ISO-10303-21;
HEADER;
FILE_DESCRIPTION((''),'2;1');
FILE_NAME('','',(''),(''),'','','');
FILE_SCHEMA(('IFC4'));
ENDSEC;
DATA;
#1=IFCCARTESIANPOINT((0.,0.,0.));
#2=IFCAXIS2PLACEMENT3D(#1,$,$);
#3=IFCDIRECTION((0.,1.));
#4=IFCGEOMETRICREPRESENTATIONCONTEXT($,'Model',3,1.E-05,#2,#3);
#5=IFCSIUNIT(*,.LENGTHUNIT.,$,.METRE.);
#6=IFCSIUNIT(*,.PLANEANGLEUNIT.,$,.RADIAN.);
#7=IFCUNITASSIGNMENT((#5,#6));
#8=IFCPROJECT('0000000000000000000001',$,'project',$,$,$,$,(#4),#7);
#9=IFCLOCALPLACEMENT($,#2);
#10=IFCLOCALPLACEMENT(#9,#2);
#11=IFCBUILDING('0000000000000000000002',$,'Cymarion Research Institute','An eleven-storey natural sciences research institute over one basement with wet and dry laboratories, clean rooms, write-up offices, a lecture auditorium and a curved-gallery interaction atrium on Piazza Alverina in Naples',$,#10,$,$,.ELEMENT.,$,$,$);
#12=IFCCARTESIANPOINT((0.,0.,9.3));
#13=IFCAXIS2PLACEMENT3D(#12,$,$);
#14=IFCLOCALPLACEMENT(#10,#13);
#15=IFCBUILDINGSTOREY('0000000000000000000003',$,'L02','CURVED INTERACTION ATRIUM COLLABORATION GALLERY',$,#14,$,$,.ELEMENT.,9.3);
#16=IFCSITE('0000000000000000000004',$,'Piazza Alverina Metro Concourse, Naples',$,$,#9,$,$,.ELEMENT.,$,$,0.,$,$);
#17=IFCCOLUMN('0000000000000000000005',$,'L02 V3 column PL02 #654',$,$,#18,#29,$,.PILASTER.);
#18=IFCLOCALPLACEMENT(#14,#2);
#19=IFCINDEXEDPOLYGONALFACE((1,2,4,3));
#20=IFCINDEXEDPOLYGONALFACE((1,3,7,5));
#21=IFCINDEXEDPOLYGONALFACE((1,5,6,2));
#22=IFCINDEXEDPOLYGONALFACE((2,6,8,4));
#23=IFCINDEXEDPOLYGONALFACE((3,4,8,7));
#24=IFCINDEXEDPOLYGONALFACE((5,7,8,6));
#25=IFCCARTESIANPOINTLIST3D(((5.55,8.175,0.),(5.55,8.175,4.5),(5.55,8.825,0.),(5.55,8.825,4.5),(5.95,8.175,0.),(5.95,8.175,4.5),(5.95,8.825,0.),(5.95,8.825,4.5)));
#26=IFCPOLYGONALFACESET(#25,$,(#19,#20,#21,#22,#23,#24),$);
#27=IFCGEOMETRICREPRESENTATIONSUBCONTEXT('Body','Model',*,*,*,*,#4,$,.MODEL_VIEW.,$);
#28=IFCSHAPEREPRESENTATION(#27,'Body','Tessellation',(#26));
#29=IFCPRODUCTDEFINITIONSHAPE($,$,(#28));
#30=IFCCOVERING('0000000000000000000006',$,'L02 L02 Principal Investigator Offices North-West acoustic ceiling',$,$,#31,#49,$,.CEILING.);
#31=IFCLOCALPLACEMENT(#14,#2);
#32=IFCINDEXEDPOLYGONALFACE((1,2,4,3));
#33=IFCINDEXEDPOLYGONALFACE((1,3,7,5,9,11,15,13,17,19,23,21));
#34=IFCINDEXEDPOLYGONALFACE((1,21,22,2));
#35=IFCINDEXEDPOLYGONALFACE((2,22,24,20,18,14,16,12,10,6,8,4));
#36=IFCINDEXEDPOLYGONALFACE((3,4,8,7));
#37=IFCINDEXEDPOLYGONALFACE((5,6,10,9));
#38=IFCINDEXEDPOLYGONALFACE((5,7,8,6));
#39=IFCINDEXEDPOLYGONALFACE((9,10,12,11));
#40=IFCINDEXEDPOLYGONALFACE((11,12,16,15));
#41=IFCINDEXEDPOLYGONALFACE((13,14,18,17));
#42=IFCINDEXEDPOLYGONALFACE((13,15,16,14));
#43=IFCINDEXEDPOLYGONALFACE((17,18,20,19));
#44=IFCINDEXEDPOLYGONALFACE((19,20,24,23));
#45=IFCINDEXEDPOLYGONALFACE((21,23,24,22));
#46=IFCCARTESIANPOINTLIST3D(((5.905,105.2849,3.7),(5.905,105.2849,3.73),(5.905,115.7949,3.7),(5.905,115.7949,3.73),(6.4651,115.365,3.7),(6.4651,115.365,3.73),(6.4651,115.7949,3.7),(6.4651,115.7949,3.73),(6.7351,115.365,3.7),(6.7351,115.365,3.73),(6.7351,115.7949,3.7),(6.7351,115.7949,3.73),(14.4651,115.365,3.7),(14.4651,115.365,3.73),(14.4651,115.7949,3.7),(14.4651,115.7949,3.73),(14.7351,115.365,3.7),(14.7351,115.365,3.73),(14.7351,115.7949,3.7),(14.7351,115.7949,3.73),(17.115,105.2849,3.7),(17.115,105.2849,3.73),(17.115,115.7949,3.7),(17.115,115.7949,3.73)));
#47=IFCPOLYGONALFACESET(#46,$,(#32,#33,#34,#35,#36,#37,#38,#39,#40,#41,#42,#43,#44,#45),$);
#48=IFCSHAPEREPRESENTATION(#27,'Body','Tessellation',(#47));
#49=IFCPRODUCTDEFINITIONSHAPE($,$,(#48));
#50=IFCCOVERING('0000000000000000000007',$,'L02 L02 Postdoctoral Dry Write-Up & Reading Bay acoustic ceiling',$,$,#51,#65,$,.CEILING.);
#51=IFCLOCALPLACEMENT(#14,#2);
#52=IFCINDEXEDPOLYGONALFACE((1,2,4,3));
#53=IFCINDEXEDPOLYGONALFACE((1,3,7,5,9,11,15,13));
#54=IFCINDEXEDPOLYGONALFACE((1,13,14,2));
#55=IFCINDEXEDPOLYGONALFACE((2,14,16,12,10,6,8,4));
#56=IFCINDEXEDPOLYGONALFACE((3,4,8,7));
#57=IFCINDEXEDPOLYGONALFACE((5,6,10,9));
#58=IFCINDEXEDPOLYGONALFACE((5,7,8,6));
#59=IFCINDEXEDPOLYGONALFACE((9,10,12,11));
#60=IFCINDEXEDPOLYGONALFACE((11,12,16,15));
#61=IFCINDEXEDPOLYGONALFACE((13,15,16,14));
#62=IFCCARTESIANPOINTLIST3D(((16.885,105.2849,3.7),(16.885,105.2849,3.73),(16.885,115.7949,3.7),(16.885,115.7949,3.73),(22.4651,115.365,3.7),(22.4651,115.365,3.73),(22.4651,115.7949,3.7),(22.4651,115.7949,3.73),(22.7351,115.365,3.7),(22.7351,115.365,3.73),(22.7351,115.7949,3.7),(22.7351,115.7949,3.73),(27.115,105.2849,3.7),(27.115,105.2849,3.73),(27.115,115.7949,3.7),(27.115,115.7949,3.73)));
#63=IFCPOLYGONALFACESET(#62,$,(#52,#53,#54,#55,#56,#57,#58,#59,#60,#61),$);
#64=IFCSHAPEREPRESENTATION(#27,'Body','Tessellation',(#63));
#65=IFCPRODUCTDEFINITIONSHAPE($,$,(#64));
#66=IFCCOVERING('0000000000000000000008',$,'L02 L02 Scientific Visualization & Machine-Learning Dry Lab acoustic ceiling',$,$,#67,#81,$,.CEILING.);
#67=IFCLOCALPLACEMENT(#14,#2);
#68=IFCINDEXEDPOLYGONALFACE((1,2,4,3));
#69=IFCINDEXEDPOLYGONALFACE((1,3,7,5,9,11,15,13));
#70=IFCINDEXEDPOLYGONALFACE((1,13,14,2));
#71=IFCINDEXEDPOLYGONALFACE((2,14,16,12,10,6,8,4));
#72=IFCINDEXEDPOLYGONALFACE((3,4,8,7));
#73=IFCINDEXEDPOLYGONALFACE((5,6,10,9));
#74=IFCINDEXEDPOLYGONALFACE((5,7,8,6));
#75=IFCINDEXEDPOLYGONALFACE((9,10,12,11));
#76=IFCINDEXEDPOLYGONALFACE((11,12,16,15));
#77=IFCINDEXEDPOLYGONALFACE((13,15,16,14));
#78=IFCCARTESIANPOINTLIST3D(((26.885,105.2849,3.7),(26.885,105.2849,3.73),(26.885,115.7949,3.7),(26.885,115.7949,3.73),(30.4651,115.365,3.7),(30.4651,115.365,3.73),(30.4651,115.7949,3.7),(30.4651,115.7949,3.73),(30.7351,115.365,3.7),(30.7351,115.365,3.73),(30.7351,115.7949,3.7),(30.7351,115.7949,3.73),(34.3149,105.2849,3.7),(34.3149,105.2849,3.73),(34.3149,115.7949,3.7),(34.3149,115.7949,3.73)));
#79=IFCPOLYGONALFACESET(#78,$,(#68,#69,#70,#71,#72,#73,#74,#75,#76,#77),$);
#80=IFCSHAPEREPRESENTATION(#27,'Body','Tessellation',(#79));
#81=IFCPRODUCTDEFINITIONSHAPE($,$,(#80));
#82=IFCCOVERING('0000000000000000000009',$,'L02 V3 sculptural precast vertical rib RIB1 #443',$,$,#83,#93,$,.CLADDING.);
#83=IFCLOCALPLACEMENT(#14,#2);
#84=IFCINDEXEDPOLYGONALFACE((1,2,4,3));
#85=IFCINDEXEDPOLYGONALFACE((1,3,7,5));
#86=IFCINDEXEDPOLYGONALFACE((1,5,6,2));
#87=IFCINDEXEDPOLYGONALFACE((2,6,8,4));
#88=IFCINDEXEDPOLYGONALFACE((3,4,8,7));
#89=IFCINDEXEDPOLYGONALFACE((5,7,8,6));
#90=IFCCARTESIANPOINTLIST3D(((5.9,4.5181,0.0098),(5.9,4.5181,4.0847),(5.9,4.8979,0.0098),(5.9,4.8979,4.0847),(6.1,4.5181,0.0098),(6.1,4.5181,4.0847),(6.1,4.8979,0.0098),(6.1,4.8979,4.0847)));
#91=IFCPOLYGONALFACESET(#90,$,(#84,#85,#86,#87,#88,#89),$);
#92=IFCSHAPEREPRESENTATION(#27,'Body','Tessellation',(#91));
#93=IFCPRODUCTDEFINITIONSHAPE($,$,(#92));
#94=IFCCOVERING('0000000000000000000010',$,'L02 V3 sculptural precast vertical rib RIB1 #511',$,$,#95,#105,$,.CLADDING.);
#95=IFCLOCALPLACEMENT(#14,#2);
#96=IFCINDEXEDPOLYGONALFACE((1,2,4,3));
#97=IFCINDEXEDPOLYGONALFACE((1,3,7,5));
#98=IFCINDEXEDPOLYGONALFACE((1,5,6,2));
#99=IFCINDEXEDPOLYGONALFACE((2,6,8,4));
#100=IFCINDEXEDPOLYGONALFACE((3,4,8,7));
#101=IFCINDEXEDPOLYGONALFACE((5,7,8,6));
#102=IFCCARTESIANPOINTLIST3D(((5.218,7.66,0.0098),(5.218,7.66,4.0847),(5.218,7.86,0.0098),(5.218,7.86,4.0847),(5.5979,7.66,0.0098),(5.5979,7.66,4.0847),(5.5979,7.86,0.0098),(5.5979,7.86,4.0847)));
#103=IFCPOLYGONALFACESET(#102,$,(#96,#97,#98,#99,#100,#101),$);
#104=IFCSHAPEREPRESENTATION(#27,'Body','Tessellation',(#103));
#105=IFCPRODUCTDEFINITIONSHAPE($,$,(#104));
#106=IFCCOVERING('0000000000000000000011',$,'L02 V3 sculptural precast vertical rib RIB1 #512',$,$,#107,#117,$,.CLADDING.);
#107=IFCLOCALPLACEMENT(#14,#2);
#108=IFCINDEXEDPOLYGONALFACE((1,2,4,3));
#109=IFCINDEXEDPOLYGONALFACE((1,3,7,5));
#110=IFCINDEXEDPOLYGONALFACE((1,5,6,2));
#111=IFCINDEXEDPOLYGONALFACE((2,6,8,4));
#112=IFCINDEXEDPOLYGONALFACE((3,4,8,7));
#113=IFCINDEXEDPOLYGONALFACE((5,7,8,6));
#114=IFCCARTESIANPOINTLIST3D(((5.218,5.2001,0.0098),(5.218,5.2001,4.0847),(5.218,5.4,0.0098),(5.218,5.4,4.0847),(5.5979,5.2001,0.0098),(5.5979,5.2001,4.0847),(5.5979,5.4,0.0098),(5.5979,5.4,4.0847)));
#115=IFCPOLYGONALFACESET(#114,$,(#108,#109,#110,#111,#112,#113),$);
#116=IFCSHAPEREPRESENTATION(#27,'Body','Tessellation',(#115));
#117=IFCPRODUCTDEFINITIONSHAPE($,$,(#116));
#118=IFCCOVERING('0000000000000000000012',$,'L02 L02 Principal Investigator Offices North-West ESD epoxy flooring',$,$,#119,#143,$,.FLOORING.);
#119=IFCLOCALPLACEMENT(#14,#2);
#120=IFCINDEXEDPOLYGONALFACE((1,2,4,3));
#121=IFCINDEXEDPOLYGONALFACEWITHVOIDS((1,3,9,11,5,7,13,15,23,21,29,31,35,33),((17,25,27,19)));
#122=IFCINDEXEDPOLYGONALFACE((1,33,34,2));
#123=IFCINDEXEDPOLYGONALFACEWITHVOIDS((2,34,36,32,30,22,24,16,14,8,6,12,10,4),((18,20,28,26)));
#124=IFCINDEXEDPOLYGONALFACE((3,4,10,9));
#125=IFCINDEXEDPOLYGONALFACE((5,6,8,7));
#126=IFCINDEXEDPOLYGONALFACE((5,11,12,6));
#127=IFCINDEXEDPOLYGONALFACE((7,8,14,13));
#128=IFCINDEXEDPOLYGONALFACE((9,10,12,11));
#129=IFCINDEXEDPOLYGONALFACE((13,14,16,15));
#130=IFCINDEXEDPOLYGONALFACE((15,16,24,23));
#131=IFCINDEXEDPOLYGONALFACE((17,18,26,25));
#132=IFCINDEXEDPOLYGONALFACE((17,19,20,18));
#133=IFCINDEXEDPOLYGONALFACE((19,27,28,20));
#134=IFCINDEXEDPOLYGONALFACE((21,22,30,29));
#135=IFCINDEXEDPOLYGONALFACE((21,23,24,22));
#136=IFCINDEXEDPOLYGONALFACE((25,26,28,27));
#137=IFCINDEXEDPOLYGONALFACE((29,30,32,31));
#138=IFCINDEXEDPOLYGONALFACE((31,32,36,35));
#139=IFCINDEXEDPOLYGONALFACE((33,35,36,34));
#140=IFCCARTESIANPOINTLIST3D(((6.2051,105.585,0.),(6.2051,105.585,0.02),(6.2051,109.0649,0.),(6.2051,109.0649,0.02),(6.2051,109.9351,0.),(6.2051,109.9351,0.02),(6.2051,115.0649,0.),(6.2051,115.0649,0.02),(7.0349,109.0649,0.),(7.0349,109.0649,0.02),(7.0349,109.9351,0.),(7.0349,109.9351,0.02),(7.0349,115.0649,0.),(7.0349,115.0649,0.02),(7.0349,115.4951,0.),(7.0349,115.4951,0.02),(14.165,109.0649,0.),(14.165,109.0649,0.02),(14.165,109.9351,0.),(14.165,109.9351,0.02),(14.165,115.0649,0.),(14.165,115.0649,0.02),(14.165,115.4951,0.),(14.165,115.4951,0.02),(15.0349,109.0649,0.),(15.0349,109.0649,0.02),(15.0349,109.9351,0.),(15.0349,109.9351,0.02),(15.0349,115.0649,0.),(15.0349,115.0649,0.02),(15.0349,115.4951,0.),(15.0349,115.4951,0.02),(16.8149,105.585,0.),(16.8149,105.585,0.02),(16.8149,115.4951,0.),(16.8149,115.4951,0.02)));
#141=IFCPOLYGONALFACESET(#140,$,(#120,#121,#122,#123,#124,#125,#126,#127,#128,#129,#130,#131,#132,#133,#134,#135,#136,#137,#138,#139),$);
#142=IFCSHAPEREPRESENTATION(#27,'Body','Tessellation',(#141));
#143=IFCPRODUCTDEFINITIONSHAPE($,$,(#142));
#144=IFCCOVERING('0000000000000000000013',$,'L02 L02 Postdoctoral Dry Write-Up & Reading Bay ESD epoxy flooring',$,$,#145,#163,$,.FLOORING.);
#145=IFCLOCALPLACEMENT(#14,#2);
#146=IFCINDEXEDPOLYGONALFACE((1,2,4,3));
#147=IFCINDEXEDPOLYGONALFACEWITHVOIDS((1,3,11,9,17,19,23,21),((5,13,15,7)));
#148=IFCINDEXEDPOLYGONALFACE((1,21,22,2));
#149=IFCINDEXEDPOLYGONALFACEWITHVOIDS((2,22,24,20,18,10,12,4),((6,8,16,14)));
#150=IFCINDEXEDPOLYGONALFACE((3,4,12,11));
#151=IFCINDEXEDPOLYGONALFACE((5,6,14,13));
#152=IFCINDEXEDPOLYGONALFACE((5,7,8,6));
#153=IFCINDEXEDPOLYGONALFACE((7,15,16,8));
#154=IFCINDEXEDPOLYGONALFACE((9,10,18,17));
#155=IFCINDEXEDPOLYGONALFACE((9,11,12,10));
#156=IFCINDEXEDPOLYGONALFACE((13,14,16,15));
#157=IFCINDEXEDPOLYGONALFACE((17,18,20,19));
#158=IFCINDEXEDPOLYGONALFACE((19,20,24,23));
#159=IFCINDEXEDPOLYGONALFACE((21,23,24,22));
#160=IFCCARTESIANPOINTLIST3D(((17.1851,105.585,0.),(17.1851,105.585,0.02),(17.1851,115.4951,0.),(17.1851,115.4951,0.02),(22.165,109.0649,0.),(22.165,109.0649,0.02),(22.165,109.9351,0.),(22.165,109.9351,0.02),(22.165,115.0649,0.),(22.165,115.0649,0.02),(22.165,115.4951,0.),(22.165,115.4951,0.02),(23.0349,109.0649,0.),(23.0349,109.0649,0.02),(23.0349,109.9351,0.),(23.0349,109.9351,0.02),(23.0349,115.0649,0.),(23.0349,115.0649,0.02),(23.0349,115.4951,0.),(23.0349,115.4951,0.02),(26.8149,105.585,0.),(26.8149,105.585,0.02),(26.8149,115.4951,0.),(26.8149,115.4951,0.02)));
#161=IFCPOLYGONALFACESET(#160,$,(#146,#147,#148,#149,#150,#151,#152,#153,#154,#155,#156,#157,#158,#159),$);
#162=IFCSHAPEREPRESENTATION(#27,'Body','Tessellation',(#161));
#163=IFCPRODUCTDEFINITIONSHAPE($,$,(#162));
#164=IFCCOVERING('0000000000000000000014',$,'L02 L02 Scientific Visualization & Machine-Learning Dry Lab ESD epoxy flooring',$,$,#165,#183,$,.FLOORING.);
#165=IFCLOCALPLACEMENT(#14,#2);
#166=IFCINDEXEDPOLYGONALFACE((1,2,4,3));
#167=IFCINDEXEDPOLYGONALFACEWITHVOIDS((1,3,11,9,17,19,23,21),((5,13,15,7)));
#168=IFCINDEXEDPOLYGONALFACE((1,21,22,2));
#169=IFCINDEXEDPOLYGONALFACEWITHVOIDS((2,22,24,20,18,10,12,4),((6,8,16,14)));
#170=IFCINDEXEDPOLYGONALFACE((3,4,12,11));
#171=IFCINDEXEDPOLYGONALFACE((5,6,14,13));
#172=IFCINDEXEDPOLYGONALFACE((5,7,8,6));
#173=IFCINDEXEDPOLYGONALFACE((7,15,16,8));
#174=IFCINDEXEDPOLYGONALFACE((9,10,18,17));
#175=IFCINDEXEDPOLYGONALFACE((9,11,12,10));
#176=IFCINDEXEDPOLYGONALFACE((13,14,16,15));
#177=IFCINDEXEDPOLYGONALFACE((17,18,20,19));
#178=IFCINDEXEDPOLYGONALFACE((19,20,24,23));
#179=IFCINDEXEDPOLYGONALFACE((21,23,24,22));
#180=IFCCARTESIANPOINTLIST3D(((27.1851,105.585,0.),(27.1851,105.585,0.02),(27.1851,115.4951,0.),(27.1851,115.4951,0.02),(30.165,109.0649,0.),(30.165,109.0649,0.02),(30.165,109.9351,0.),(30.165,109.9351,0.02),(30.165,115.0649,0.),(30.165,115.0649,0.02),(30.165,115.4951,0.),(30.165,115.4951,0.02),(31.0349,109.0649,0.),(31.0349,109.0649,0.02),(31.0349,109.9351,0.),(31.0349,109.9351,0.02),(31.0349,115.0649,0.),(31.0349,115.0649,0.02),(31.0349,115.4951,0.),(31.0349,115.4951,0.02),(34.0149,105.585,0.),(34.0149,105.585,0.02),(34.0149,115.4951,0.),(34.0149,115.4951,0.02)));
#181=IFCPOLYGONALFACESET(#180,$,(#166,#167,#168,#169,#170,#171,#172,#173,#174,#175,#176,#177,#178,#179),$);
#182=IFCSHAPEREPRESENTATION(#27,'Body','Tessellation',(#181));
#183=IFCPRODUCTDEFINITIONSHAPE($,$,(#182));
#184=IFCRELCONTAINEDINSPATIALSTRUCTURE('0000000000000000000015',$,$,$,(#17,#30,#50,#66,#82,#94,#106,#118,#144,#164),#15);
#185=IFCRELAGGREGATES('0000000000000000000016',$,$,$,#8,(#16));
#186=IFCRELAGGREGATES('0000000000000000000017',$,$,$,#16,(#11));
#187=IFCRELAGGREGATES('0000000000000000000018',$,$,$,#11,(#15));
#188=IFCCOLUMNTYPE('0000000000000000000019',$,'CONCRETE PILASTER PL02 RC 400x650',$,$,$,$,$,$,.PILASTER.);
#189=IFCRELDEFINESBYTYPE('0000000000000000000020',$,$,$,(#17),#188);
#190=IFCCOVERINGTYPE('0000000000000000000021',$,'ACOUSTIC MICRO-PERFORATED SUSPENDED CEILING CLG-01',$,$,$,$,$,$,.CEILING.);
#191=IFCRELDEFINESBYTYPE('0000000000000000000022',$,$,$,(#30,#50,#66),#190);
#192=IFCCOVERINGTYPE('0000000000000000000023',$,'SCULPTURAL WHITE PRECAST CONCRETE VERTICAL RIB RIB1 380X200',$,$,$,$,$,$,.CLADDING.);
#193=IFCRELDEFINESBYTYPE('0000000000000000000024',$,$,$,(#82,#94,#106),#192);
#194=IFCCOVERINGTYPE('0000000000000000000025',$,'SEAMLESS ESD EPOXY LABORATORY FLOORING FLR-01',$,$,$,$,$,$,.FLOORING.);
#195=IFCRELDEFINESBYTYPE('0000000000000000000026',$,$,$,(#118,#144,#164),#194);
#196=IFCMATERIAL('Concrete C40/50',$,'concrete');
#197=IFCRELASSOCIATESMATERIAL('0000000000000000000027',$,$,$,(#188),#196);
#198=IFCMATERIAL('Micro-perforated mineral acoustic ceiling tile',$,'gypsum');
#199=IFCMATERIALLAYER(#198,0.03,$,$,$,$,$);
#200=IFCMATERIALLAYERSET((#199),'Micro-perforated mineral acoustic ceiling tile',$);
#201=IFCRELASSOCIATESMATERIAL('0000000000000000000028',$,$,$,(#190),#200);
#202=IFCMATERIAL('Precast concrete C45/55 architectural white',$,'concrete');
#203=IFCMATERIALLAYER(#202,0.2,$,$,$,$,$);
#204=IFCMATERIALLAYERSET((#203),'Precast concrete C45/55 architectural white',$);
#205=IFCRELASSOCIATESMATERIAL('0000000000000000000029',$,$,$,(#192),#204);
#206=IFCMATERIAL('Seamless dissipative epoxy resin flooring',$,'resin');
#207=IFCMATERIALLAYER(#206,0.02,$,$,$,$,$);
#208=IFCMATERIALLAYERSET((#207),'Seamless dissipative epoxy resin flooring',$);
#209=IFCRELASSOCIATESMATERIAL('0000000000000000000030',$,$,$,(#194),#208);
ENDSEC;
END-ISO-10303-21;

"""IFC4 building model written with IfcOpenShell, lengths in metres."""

from ifc_helpers import new_model, si_unit, direction, frame, origin, origin_2d, place, context, subcontext, project, spatial, polyline, rectangle, outline, extrude, material, layer, layer_set, material_profile, profile_set, type_object, element, save


model = new_model("IFC4")

# Units and contexts
model_context = context("Model", 3, precision=1e-05, world=origin(), true_north=direction((0.0, 1.0)))
body_context = subcontext(model_context, "Body", "Model", "MODEL_VIEW")
ifc_project = project(units=[si_unit("LENGTHUNIT", "METRE"), si_unit("PLANEANGLEUNIT", "RADIAN")], contexts=[model_context])

# Site, building, storey
site_placement = place(None, origin())
site = spatial("IfcSite", under=ifc_project, at=site_placement, Name="Piazza Alverina Metro Concourse, Naples", CompositionType="ELEMENT", RefElevation=0.0)
building_placement = place(site_placement, origin())
building = spatial("IfcBuilding", under=site, at=building_placement, Name="Cymarion Research Institute", Description="An eleven-storey natural sciences research institute over one basement with wet and dry laboratories, clean rooms, write-up offices, a lecture auditorium and a curved-gallery interaction atrium on Piazza Alverina in Naples", CompositionType="ELEMENT")
storey_placement = place(building_placement, frame((0.0, 0.0, 9.3)))
storey = spatial("IfcBuildingStorey", under=building, at=storey_placement, Name="L02", Description="CURVED INTERACTION ATRIUM COLLABORATION GALLERY", CompositionType="ELEMENT", Elevation=9.3)

# Column
ifc_material_1 = material(Name="Concrete C40/50", Category="concrete")
ifc_material_profile = material_profile(ifc_material_1, rectangle(XDim=0.3999, YDim=0.6499, at=origin_2d()), Name="RC 400x650")
ifc_profile_set = profile_set([ifc_material_profile], Name="Concrete C40/50")
column_type = type_object("IfcColumnType", Name="CONCRETE PILASTER PL02 RC 400x650", PredefinedType="PILASTER", material=ifc_profile_set)
column_placement = place(storey_placement, frame((5.75, 8.5, 0.0), z_axis=(0.0, 0.0, 1.0), x_axis=(1.0, 0.0, 0.0)))
element("IfcColumn", 1, at=column_placement, inside=storey, type_object=column_type, Name="L02 V3 column PL02 #654", PredefinedType="PILASTER", context=body_context, shape_type="SweptSolid", body=[
    extrude(rectangle(XDim=0.3999, YDim=0.6499, at=origin_2d()), origin(), (0.0, 0.0, 1.0), 4.5),
])

# Coverings
ifc_material_2 = material(Name="Micro-perforated mineral acoustic ceiling tile", Category="gypsum")
ifc_layer_1 = layer(ifc_material_2, 0.03)
ifc_layer_set_1 = layer_set([ifc_layer_1], Name="Micro-perforated mineral acoustic ceiling tile")
covering_type_1 = type_object("IfcCoveringType", Name="ACOUSTIC MICRO-PERFORATED SUSPENDED CEILING CLG-01", PredefinedType="CEILING", material=ifc_layer_set_1)
covering_1_placement = place(storey_placement, frame((0.0, 0.0, 3.7)))
element("IfcCovering", 2, at=covering_1_placement, inside=storey, type_object=covering_type_1, Name="L02 L02 Principal Investigator Offices North-West acoustic ceiling", PredefinedType="CEILING", context=body_context, shape_type="SweptSolid", body=[
    extrude(outline(polyline([(5.905, 115.7949), (6.4651, 115.7949), (6.4651, 115.365), (6.7351, 115.365), (6.7351, 115.7949), (14.4651, 115.7949), (14.4651, 115.365), (14.7351, 115.365), (14.7351, 115.7949), (17.115, 115.7949), (17.115, 105.2849), (5.905, 105.2849), (5.905, 115.7949)])), origin(), (0.0, 0.0, 1.0), 0.03),
])
covering_2_placement = place(storey_placement, frame((0.0, 0.0, 3.7)))
element("IfcCovering", 3, at=covering_2_placement, inside=storey, type_object=covering_type_1, Name="L02 L02 Postdoctoral Dry Write-Up & Reading Bay acoustic ceiling", PredefinedType="CEILING", context=body_context, shape_type="SweptSolid", body=[
    extrude(outline(polyline([(16.885, 115.7949), (22.4651, 115.7949), (22.4651, 115.365), (22.7351, 115.365), (22.7351, 115.7949), (27.115, 115.7949), (27.115, 105.2849), (16.885, 105.2849), (16.885, 115.7949)])), origin(), (0.0, 0.0, 1.0), 0.03),
])
covering_3_placement = place(storey_placement, frame((0.0, 0.0, 3.7)))
element("IfcCovering", 4, at=covering_3_placement, inside=storey, type_object=covering_type_1, Name="L02 L02 Scientific Visualization & Machine-Learning Dry Lab acoustic ceiling", PredefinedType="CEILING", context=body_context, shape_type="SweptSolid", body=[
    extrude(outline(polyline([(26.885, 115.7949), (30.4651, 115.7949), (30.4651, 115.365), (30.7351, 115.365), (30.7351, 115.7949), (34.3149, 115.7949), (34.3149, 105.2849), (26.885, 105.2849), (26.885, 115.7949)])), origin(), (0.0, 0.0, 1.0), 0.03),
])
ifc_material_3 = material(Name="Precast concrete C45/55 architectural white", Category="concrete")
ifc_layer_2 = layer(ifc_material_3, 0.2)
ifc_layer_set_2 = layer_set([ifc_layer_2], Name="Precast concrete C45/55 architectural white")
covering_type_2 = type_object("IfcCoveringType", Name="SCULPTURAL WHITE PRECAST CONCRETE VERTICAL RIB RIB1 380X200", PredefinedType="CLADDING", material=ifc_layer_set_2)
for number, where, z_axis, x_axis, name in (
    (5, (6.0, 4.708, 0.0098), (0.0, 0.0, 1.0), (0.0, -1.0, 0.0), "L02 V3 sculptural precast vertical rib RIB1 #443"),
    (6, (5.408, 7.76, 0.0098), (0.0, 0.0, 1.0), (-1.0, 0.0, 0.0), "L02 V3 sculptural precast vertical rib RIB1 #511"),
    (7, (5.408, 5.3, 0.0098), (0.0, 0.0, 1.0), (-1.0, 0.0, 0.0), "L02 V3 sculptural precast vertical rib RIB1 #512"),
):
    element("IfcCovering", number, at=place(storey_placement, frame(where, z_axis=z_axis, x_axis=x_axis)), inside=storey, type_object=covering_type_2, Name=name, PredefinedType="CLADDING", context=body_context, shape_type="SweptSolid", body=[
        extrude(rectangle(XDim=0.3799, YDim=0.2, at=origin_2d()), origin(), (0.0, 0.0, 1.0), 4.075),
    ])
ifc_material_4 = material(Name="Seamless dissipative epoxy resin flooring", Category="resin")
ifc_layer_3 = layer(ifc_material_4, 0.02)
ifc_layer_set_3 = layer_set([ifc_layer_3], Name="Seamless dissipative epoxy resin flooring")
covering_type_3 = type_object("IfcCoveringType", Name="SEAMLESS ESD EPOXY LABORATORY FLOORING FLR-01", PredefinedType="FLOORING", material=ifc_layer_set_3)
covering_4_placement = place(storey_placement, origin())
element("IfcCovering", 8, at=covering_4_placement, inside=storey, type_object=covering_type_3, Name="L02 L02 Principal Investigator Offices North-West ESD epoxy flooring", PredefinedType="FLOORING", context=body_context, shape_type="SweptSolid", body=[
    extrude(outline(polyline([(6.2051, 105.585), (6.2051, 109.0649), (7.0349, 109.0649), (7.0349, 109.9351), (6.2051, 109.9351), (6.2051, 115.0649), (7.0349, 115.0649), (7.0349, 115.4951), (14.165, 115.4951), (14.165, 115.0649), (15.0349, 115.0649), (15.0349, 115.4951), (16.8149, 115.4951), (16.8149, 105.585), (6.2051, 105.585)]), holes=[polyline([(15.0349, 109.9351), (14.165, 109.9351), (14.165, 109.0649), (15.0349, 109.0649), (15.0349, 109.9351)])]), origin(), (0.0, 0.0, 1.0), 0.02),
])
covering_5_placement = place(storey_placement, origin())
element("IfcCovering", 9, at=covering_5_placement, inside=storey, type_object=covering_type_3, Name="L02 L02 Postdoctoral Dry Write-Up & Reading Bay ESD epoxy flooring", PredefinedType="FLOORING", context=body_context, shape_type="SweptSolid", body=[
    extrude(outline(polyline([(17.1851, 105.585), (17.1851, 115.4951), (22.165, 115.4951), (22.165, 115.0649), (23.0349, 115.0649), (23.0349, 115.4951), (26.8149, 115.4951), (26.8149, 105.585), (17.1851, 105.585)]), holes=[polyline([(23.0349, 109.9351), (22.165, 109.9351), (22.165, 109.0649), (23.0349, 109.0649), (23.0349, 109.9351)])]), origin(), (0.0, 0.0, 1.0), 0.02),
])
covering_6_placement = place(storey_placement, origin())
element("IfcCovering", 10, at=covering_6_placement, inside=storey, type_object=covering_type_3, Name="L02 L02 Scientific Visualization & Machine-Learning Dry Lab ESD epoxy flooring", PredefinedType="FLOORING", context=body_context, shape_type="SweptSolid", body=[
    extrude(outline(polyline([(27.1851, 105.585), (27.1851, 115.4951), (30.165, 115.4951), (30.165, 115.0649), (31.0349, 115.0649), (31.0349, 115.4951), (34.0149, 115.4951), (34.0149, 105.585), (27.1851, 105.585)]), holes=[polyline([(31.0349, 109.9351), (30.165, 109.9351), (30.165, 109.0649), (31.0349, 109.0649), (31.0349, 109.9351)])]), origin(), (0.0, 0.0, 1.0), 0.02),
])

save(model, "model.ifc")
